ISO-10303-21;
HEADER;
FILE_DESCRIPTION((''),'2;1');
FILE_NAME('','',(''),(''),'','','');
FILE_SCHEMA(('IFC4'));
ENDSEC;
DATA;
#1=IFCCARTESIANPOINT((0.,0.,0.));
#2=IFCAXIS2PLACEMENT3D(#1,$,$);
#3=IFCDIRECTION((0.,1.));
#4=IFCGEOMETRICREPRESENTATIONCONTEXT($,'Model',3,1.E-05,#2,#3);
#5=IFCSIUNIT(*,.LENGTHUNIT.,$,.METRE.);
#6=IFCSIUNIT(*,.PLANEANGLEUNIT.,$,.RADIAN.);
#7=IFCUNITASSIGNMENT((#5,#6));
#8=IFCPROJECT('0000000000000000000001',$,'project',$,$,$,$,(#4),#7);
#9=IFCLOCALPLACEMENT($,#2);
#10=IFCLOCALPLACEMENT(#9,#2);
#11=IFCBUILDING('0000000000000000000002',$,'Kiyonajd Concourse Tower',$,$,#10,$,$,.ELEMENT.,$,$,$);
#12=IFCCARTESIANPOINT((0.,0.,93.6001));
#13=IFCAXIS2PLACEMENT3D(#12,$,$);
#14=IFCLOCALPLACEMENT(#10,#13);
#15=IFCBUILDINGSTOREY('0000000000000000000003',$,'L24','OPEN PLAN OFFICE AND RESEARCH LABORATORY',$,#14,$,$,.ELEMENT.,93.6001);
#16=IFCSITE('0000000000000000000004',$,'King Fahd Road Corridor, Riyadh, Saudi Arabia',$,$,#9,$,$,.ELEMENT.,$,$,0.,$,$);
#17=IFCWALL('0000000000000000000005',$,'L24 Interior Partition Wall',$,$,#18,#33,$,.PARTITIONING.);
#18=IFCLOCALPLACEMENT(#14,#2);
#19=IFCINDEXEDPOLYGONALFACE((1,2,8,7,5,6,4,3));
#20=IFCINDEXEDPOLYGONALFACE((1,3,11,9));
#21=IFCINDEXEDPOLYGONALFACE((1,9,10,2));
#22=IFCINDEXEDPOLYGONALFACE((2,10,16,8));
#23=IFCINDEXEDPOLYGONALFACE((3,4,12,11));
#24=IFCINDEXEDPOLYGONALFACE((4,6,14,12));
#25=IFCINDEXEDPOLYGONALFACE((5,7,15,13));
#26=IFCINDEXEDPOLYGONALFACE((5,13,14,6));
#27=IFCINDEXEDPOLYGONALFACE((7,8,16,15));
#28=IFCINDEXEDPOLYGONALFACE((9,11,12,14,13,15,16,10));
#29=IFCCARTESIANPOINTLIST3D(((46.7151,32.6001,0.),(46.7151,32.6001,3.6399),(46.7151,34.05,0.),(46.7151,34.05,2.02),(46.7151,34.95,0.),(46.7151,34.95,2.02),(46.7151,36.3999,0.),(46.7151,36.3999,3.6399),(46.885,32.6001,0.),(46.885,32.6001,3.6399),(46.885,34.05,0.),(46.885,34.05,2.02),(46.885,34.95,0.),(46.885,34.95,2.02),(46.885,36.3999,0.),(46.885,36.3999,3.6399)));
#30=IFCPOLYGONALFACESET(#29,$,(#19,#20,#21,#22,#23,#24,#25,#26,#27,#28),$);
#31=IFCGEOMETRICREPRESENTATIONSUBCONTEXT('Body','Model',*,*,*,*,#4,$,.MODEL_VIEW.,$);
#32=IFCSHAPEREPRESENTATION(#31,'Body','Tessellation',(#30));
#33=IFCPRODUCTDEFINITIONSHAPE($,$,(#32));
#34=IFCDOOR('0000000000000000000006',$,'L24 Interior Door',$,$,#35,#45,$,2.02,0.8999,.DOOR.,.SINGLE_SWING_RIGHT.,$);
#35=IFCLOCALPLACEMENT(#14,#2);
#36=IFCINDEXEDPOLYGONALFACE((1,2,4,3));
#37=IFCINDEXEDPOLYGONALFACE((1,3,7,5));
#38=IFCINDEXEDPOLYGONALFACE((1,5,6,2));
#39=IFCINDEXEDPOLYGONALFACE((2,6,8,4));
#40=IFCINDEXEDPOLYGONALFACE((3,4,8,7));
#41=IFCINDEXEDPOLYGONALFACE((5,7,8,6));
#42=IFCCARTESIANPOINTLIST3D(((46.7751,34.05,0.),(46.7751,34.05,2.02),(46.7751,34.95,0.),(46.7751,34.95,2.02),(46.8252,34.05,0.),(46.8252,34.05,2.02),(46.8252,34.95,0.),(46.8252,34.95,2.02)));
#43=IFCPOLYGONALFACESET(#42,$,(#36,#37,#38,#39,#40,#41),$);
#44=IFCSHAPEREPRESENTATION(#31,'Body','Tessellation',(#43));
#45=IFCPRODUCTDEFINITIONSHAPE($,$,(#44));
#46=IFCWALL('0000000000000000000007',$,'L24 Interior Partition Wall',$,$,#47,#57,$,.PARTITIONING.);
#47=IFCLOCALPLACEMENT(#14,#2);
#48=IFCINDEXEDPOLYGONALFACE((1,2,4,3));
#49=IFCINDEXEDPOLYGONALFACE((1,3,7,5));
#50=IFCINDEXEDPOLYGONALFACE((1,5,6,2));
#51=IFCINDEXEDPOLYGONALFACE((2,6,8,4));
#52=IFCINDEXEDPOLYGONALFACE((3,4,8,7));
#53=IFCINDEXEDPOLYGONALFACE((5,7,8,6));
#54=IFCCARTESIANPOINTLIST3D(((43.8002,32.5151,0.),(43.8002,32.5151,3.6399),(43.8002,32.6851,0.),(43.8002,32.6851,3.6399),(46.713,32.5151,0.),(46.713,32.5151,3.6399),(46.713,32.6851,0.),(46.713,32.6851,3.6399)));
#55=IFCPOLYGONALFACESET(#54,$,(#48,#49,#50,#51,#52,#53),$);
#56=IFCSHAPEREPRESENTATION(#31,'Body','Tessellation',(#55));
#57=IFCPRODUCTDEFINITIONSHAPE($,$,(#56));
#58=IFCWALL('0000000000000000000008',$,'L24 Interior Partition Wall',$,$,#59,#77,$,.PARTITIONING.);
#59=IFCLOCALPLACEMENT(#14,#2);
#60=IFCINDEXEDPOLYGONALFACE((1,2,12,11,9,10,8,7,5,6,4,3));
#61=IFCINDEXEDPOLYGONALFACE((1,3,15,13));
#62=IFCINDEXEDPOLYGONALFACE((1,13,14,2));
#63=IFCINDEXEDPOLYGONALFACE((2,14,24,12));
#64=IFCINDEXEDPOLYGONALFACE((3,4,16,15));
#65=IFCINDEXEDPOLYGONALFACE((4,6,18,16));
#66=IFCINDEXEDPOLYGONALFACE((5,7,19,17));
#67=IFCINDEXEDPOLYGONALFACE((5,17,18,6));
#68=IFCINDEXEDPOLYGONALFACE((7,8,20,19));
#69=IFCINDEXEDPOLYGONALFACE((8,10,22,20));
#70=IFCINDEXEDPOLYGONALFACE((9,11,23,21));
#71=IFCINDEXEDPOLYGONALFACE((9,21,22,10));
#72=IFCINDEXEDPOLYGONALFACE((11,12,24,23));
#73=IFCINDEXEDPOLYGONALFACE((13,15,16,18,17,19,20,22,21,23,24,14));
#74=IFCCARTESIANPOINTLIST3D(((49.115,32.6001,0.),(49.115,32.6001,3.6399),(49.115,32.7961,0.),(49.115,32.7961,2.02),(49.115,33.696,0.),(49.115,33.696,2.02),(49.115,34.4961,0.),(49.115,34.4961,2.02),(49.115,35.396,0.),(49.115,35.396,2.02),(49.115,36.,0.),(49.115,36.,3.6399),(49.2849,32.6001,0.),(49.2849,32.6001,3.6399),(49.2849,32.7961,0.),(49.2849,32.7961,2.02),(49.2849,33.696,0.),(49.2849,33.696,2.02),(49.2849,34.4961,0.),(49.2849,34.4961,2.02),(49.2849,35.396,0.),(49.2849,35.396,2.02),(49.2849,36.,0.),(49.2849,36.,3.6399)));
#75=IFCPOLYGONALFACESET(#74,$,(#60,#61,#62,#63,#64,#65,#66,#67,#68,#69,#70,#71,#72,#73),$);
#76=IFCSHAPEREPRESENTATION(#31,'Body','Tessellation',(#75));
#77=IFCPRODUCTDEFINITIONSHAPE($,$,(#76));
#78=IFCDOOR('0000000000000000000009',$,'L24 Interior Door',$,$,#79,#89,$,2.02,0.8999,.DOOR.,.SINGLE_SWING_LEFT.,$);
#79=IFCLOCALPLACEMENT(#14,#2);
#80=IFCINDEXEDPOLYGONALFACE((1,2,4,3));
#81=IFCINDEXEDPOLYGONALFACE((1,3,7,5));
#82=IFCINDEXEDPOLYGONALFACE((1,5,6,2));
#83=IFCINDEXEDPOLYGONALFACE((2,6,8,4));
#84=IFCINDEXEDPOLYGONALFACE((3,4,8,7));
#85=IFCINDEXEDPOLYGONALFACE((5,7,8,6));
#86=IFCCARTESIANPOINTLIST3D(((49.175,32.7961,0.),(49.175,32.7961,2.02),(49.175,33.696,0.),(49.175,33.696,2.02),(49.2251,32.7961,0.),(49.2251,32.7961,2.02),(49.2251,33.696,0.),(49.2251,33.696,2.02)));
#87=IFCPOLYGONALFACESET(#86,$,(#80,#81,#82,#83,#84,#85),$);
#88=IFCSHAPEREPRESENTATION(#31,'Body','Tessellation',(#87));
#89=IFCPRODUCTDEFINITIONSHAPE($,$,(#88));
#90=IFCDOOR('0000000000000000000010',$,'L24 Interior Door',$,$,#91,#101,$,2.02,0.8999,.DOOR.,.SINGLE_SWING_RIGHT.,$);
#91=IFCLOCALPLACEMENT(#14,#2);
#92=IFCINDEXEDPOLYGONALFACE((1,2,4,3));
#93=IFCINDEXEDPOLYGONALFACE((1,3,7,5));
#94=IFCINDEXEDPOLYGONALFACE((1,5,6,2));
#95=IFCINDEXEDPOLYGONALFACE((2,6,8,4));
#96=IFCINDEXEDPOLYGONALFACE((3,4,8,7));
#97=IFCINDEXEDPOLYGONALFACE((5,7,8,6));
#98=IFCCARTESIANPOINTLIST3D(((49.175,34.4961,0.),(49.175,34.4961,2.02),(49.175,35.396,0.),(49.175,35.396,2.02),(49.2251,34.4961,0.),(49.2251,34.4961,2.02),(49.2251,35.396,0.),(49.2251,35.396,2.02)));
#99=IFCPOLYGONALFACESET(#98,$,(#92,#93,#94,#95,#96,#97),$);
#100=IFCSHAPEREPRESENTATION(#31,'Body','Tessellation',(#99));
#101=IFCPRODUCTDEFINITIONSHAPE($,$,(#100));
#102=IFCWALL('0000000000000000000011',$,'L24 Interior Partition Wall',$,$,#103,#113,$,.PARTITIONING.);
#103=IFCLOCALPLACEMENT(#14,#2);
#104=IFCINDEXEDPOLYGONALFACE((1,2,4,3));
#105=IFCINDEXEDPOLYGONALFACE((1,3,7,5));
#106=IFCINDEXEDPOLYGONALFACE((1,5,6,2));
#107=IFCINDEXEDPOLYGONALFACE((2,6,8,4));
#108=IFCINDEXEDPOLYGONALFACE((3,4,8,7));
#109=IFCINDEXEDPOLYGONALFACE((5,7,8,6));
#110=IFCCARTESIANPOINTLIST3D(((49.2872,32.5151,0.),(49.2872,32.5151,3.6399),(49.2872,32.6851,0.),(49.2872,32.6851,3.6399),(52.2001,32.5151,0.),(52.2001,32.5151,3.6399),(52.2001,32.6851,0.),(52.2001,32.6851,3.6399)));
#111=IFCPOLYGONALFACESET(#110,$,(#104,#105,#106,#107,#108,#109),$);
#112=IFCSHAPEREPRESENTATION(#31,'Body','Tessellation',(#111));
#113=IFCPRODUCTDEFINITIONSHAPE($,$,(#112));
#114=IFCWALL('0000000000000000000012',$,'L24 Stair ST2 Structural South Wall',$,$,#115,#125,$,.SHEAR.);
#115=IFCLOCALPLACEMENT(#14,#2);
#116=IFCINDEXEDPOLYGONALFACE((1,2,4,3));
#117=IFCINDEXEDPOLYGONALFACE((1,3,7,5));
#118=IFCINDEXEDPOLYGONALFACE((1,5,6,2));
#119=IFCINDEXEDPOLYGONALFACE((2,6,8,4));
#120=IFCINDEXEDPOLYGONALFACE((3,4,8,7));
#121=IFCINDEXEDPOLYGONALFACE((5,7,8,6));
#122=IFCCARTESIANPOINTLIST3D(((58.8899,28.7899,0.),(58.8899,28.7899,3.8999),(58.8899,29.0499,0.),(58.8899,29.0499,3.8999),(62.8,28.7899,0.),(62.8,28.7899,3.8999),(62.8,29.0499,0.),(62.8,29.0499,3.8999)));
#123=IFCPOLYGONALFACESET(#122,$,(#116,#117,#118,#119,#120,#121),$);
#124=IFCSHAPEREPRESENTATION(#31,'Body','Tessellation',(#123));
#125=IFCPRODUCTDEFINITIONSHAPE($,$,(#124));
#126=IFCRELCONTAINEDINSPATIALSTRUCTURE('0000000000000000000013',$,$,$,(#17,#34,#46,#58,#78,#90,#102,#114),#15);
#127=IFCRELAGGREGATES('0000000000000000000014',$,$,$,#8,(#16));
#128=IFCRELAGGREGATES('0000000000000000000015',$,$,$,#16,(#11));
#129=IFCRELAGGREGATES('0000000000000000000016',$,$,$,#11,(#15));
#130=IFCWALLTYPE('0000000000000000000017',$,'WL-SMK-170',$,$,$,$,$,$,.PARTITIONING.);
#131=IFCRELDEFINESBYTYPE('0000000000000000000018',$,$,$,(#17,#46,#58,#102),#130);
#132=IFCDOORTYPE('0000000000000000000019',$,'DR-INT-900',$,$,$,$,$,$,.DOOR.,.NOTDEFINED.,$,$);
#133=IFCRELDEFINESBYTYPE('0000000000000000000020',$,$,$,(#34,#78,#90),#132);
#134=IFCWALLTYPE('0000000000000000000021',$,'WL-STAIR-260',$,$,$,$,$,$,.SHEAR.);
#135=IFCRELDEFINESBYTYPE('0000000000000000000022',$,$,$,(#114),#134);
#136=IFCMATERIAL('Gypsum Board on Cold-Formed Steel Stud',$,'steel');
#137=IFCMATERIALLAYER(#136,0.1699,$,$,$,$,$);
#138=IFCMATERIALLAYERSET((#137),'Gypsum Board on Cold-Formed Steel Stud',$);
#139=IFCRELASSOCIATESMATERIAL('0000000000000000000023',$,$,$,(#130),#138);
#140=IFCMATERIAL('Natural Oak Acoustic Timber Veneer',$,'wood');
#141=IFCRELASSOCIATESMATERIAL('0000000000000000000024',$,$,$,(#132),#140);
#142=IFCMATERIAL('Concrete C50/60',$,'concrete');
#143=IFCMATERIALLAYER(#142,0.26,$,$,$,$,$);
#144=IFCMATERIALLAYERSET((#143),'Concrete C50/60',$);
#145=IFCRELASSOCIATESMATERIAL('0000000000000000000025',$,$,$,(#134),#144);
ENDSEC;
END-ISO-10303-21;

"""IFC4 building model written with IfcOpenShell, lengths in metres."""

from ifc_helpers import new_model, si_unit, direction, frame, frame_2d, origin, place, context, subcontext, project, spatial, rectangle, extrude, material, layer, layer_set, type_object, element, fill, save


model = new_model("IFC4")

# Units and contexts
model_context = context("Model", 3, precision=1e-05, world=origin(), true_north=direction((0.0, 1.0)))
body_context = subcontext(model_context, "Body", "Model", "MODEL_VIEW")
ifc_project = project(units=[si_unit("LENGTHUNIT", "METRE"), si_unit("PLANEANGLEUNIT", "RADIAN")], contexts=[model_context])

# Site, building, storey
site_placement = place(None, origin())
site = spatial("IfcSite", under=ifc_project, at=site_placement, Name="King Fahd Road Corridor, Riyadh, Saudi Arabia", CompositionType="ELEMENT", RefElevation=0.0)
building_placement = place(site_placement, origin())
building = spatial("IfcBuilding", under=site, at=building_placement, Name="Kiyonajd Concourse Tower", CompositionType="ELEMENT")
storey_placement = place(building_placement, frame((0.0, 0.0, 93.6001)))
storey = spatial("IfcBuildingStorey", under=building, at=storey_placement, Name="L24", Description="OPEN PLAN OFFICE AND RESEARCH LABORATORY", CompositionType="ELEMENT", Elevation=93.6001)

# Shared definitions
ifc_material_1 = material(Name="Gypsum Board on Cold-Formed Steel Stud", Category="steel")

# Wall, opening, door
ifc_layer_1 = layer(ifc_material_1, 0.1699)
ifc_layer_set_1 = layer_set([ifc_layer_1], Name="Gypsum Board on Cold-Formed Steel Stud")
wall_type_1 = type_object("IfcWallType", Name="WL-SMK-170", PredefinedType="PARTITIONING", material=ifc_layer_set_1)
wall_1_placement = place(storey_placement, frame((46.8, 32.6001, 0.0), z_axis=(0.0, 0.0, 1.0), x_axis=(0.0, 1.0, 0.0)))
wall_1 = element("IfcWall", 1, at=wall_1_placement, inside=storey, type_object=wall_type_1, Name="L24 Interior Partition Wall", PredefinedType="PARTITIONING", context=body_context, shape_type="SweptSolid", body=[
    extrude(rectangle(XDim=3.7998, YDim=0.1699, at=frame_2d((1.8999, 0.0))), origin(), (0.0, 0.0, 1.0), 3.6399),
])
opening_1_placement = place(wall_1_placement, frame((1.45, 0.0, 0.0)))
opening_1 = element("IfcOpeningElement", 2, at=opening_1_placement, cuts=wall_1, PredefinedType="OPENING", context=body_context, shape_type="SweptSolid", body=[
    extrude(rectangle(XDim=0.8999, YDim=2.02, at=frame_2d((0.45, 1.01))), frame((0.0, 0.095, 0.0), z_axis=(0.0, -1.0, 0.0), x_axis=(1.0, 0.0, 0.0)), (0.0, 0.0, 1.0), 0.1899),
])
ifc_material_2 = material(Name="Natural Oak Acoustic Timber Veneer", Category="wood")
door_type_1 = type_object("IfcDoorType", Name="DR-INT-900", OperationType="NOTDEFINED", PredefinedType="DOOR", material=ifc_material_2)
door_1_placement = place(opening_1_placement, origin())
door_1 = element("IfcDoor", 3, at=door_1_placement, inside=storey, type_object=door_type_1, Name="L24 Interior Door", OperationType="SINGLE_SWING_RIGHT", OverallHeight=2.02, OverallWidth=0.8999, PredefinedType="DOOR", context=body_context, shape_type="SweptSolid", body=[
    extrude(rectangle(XDim=0.8999, YDim=2.02, at=frame_2d((0.45, 1.01))), frame((0.0, 0.0249, 0.0), z_axis=(0.0, -1.0, 0.0), x_axis=(1.0, 0.0, 0.0)), (0.0, 0.0, 1.0), 0.05),
])
fill(opening_1, door_1)

# Wall
wall_2_placement = place(storey_placement, frame((43.8, 32.6001, 0.0), z_axis=(0.0, 0.0, 1.0), x_axis=(1.0, 0.0, 0.0)))
element("IfcWall", 4, at=wall_2_placement, inside=storey, type_object=wall_type_1, Name="L24 Interior Partition Wall", PredefinedType="PARTITIONING", context=body_context, shape_type="SweptSolid", body=[
    extrude(rectangle(XDim=2.9128, YDim=0.1699, at=frame_2d((1.4565, 0.0))), origin(), (0.0, 0.0, 1.0), 3.6399),
])

# Wall, openings, doors
wall_3_placement = place(storey_placement, frame((49.2, 32.6001, 0.0), z_axis=(0.0, 0.0, 1.0), x_axis=(0.0, 1.0, 0.0)))
wall_3 = element("IfcWall", 5, at=wall_3_placement, inside=storey, type_object=wall_type_1, Name="L24 Interior Partition Wall", PredefinedType="PARTITIONING", context=body_context, shape_type="SweptSolid", body=[
    extrude(rectangle(XDim=3.3999, YDim=0.1699, at=frame_2d((1.7, 0.0))), origin(), (0.0, 0.0, 1.0), 3.6399),
])
opening_2_placement = place(wall_3_placement, frame((0.196, 0.0, 0.0)))
opening_2 = element("IfcOpeningElement", 6, at=opening_2_placement, cuts=wall_3, PredefinedType="OPENING", context=body_context, shape_type="SweptSolid", body=[
    extrude(rectangle(XDim=0.8999, YDim=2.02, at=frame_2d((0.45, 1.01))), frame((0.0, 0.095, 0.0), z_axis=(0.0, -1.0, 0.0), x_axis=(1.0, 0.0, 0.0)), (0.0, 0.0, 1.0), 0.1899),
])
opening_3_placement = place(wall_3_placement, frame((1.896, 0.0, 0.0)))
opening_3 = element("IfcOpeningElement", 7, at=opening_3_placement, cuts=wall_3, PredefinedType="OPENING", context=body_context, shape_type="SweptSolid", body=[
    extrude(rectangle(XDim=0.8999, YDim=2.02, at=frame_2d((0.45, 1.01))), frame((0.0, 0.095, 0.0), z_axis=(0.0, -1.0, 0.0), x_axis=(1.0, 0.0, 0.0)), (0.0, 0.0, 1.0), 0.1899),
])
door_2_placement = place(opening_2_placement, origin())
door_2 = element("IfcDoor", 8, at=door_2_placement, inside=storey, type_object=door_type_1, Name="L24 Interior Door", OperationType="SINGLE_SWING_LEFT", OverallHeight=2.02, OverallWidth=0.8999, PredefinedType="DOOR", context=body_context, shape_type="SweptSolid", body=[
    extrude(rectangle(XDim=0.8999, YDim=2.02, at=frame_2d((0.45, 1.01))), frame((0.0, 0.0249, 0.0), z_axis=(0.0, -1.0, 0.0), x_axis=(1.0, 0.0, 0.0)), (0.0, 0.0, 1.0), 0.05),
])
fill(opening_2, door_2)
door_3_placement = place(opening_3_placement, origin())
door_3 = element("IfcDoor", 9, at=door_3_placement, inside=storey, type_object=door_type_1, Name="L24 Interior Door", OperationType="SINGLE_SWING_RIGHT", OverallHeight=2.02, OverallWidth=0.8999, PredefinedType="DOOR", context=body_context, shape_type="SweptSolid", body=[
    extrude(rectangle(XDim=0.8999, YDim=2.02, at=frame_2d((0.45, 1.01))), frame((0.0, 0.0249, 0.0), z_axis=(0.0, -1.0, 0.0), x_axis=(1.0, 0.0, 0.0)), (0.0, 0.0, 1.0), 0.05),
])
fill(opening_3, door_3)

# Walls
wall_4_placement = place(storey_placement, frame((49.2871, 32.6001, 0.0), z_axis=(0.0, 0.0, 1.0), x_axis=(1.0, 0.0, 0.0)))
element("IfcWall", 10, at=wall_4_placement, inside=storey, type_object=wall_type_1, Name="L24 Interior Partition Wall", PredefinedType="PARTITIONING", context=body_context, shape_type="SweptSolid", body=[
    extrude(rectangle(XDim=2.9128, YDim=0.1699, at=frame_2d((1.4565, 0.0))), origin(), (0.0, 0.0, 1.0), 3.6399),
])
ifc_material_3 = material(Name="Concrete C50/60", Category="concrete")
ifc_layer_2 = layer(ifc_material_3, 0.26)
ifc_layer_set_2 = layer_set([ifc_layer_2], Name="Concrete C50/60")
wall_type_2 = type_object("IfcWallType", Name="WL-STAIR-260", PredefinedType="SHEAR", material=ifc_layer_set_2)
wall_5_placement = place(storey_placement, frame((58.8899, 28.9199, 0.0), z_axis=(0.0, 0.0, 1.0), x_axis=(1.0, 0.0, 0.0)))
element("IfcWall", 11, at=wall_5_placement, inside=storey, type_object=wall_type_2, Name="L24 Stair ST2 Structural South Wall", PredefinedType="SHEAR", context=body_context, shape_type="SweptSolid", body=[
    extrude(rectangle(XDim=3.9102, YDim=0.26, at=frame_2d((1.9551, 0.0))), origin(), (0.0, 0.0, 1.0), 3.8999),
])

save(model, "model.ifc")
